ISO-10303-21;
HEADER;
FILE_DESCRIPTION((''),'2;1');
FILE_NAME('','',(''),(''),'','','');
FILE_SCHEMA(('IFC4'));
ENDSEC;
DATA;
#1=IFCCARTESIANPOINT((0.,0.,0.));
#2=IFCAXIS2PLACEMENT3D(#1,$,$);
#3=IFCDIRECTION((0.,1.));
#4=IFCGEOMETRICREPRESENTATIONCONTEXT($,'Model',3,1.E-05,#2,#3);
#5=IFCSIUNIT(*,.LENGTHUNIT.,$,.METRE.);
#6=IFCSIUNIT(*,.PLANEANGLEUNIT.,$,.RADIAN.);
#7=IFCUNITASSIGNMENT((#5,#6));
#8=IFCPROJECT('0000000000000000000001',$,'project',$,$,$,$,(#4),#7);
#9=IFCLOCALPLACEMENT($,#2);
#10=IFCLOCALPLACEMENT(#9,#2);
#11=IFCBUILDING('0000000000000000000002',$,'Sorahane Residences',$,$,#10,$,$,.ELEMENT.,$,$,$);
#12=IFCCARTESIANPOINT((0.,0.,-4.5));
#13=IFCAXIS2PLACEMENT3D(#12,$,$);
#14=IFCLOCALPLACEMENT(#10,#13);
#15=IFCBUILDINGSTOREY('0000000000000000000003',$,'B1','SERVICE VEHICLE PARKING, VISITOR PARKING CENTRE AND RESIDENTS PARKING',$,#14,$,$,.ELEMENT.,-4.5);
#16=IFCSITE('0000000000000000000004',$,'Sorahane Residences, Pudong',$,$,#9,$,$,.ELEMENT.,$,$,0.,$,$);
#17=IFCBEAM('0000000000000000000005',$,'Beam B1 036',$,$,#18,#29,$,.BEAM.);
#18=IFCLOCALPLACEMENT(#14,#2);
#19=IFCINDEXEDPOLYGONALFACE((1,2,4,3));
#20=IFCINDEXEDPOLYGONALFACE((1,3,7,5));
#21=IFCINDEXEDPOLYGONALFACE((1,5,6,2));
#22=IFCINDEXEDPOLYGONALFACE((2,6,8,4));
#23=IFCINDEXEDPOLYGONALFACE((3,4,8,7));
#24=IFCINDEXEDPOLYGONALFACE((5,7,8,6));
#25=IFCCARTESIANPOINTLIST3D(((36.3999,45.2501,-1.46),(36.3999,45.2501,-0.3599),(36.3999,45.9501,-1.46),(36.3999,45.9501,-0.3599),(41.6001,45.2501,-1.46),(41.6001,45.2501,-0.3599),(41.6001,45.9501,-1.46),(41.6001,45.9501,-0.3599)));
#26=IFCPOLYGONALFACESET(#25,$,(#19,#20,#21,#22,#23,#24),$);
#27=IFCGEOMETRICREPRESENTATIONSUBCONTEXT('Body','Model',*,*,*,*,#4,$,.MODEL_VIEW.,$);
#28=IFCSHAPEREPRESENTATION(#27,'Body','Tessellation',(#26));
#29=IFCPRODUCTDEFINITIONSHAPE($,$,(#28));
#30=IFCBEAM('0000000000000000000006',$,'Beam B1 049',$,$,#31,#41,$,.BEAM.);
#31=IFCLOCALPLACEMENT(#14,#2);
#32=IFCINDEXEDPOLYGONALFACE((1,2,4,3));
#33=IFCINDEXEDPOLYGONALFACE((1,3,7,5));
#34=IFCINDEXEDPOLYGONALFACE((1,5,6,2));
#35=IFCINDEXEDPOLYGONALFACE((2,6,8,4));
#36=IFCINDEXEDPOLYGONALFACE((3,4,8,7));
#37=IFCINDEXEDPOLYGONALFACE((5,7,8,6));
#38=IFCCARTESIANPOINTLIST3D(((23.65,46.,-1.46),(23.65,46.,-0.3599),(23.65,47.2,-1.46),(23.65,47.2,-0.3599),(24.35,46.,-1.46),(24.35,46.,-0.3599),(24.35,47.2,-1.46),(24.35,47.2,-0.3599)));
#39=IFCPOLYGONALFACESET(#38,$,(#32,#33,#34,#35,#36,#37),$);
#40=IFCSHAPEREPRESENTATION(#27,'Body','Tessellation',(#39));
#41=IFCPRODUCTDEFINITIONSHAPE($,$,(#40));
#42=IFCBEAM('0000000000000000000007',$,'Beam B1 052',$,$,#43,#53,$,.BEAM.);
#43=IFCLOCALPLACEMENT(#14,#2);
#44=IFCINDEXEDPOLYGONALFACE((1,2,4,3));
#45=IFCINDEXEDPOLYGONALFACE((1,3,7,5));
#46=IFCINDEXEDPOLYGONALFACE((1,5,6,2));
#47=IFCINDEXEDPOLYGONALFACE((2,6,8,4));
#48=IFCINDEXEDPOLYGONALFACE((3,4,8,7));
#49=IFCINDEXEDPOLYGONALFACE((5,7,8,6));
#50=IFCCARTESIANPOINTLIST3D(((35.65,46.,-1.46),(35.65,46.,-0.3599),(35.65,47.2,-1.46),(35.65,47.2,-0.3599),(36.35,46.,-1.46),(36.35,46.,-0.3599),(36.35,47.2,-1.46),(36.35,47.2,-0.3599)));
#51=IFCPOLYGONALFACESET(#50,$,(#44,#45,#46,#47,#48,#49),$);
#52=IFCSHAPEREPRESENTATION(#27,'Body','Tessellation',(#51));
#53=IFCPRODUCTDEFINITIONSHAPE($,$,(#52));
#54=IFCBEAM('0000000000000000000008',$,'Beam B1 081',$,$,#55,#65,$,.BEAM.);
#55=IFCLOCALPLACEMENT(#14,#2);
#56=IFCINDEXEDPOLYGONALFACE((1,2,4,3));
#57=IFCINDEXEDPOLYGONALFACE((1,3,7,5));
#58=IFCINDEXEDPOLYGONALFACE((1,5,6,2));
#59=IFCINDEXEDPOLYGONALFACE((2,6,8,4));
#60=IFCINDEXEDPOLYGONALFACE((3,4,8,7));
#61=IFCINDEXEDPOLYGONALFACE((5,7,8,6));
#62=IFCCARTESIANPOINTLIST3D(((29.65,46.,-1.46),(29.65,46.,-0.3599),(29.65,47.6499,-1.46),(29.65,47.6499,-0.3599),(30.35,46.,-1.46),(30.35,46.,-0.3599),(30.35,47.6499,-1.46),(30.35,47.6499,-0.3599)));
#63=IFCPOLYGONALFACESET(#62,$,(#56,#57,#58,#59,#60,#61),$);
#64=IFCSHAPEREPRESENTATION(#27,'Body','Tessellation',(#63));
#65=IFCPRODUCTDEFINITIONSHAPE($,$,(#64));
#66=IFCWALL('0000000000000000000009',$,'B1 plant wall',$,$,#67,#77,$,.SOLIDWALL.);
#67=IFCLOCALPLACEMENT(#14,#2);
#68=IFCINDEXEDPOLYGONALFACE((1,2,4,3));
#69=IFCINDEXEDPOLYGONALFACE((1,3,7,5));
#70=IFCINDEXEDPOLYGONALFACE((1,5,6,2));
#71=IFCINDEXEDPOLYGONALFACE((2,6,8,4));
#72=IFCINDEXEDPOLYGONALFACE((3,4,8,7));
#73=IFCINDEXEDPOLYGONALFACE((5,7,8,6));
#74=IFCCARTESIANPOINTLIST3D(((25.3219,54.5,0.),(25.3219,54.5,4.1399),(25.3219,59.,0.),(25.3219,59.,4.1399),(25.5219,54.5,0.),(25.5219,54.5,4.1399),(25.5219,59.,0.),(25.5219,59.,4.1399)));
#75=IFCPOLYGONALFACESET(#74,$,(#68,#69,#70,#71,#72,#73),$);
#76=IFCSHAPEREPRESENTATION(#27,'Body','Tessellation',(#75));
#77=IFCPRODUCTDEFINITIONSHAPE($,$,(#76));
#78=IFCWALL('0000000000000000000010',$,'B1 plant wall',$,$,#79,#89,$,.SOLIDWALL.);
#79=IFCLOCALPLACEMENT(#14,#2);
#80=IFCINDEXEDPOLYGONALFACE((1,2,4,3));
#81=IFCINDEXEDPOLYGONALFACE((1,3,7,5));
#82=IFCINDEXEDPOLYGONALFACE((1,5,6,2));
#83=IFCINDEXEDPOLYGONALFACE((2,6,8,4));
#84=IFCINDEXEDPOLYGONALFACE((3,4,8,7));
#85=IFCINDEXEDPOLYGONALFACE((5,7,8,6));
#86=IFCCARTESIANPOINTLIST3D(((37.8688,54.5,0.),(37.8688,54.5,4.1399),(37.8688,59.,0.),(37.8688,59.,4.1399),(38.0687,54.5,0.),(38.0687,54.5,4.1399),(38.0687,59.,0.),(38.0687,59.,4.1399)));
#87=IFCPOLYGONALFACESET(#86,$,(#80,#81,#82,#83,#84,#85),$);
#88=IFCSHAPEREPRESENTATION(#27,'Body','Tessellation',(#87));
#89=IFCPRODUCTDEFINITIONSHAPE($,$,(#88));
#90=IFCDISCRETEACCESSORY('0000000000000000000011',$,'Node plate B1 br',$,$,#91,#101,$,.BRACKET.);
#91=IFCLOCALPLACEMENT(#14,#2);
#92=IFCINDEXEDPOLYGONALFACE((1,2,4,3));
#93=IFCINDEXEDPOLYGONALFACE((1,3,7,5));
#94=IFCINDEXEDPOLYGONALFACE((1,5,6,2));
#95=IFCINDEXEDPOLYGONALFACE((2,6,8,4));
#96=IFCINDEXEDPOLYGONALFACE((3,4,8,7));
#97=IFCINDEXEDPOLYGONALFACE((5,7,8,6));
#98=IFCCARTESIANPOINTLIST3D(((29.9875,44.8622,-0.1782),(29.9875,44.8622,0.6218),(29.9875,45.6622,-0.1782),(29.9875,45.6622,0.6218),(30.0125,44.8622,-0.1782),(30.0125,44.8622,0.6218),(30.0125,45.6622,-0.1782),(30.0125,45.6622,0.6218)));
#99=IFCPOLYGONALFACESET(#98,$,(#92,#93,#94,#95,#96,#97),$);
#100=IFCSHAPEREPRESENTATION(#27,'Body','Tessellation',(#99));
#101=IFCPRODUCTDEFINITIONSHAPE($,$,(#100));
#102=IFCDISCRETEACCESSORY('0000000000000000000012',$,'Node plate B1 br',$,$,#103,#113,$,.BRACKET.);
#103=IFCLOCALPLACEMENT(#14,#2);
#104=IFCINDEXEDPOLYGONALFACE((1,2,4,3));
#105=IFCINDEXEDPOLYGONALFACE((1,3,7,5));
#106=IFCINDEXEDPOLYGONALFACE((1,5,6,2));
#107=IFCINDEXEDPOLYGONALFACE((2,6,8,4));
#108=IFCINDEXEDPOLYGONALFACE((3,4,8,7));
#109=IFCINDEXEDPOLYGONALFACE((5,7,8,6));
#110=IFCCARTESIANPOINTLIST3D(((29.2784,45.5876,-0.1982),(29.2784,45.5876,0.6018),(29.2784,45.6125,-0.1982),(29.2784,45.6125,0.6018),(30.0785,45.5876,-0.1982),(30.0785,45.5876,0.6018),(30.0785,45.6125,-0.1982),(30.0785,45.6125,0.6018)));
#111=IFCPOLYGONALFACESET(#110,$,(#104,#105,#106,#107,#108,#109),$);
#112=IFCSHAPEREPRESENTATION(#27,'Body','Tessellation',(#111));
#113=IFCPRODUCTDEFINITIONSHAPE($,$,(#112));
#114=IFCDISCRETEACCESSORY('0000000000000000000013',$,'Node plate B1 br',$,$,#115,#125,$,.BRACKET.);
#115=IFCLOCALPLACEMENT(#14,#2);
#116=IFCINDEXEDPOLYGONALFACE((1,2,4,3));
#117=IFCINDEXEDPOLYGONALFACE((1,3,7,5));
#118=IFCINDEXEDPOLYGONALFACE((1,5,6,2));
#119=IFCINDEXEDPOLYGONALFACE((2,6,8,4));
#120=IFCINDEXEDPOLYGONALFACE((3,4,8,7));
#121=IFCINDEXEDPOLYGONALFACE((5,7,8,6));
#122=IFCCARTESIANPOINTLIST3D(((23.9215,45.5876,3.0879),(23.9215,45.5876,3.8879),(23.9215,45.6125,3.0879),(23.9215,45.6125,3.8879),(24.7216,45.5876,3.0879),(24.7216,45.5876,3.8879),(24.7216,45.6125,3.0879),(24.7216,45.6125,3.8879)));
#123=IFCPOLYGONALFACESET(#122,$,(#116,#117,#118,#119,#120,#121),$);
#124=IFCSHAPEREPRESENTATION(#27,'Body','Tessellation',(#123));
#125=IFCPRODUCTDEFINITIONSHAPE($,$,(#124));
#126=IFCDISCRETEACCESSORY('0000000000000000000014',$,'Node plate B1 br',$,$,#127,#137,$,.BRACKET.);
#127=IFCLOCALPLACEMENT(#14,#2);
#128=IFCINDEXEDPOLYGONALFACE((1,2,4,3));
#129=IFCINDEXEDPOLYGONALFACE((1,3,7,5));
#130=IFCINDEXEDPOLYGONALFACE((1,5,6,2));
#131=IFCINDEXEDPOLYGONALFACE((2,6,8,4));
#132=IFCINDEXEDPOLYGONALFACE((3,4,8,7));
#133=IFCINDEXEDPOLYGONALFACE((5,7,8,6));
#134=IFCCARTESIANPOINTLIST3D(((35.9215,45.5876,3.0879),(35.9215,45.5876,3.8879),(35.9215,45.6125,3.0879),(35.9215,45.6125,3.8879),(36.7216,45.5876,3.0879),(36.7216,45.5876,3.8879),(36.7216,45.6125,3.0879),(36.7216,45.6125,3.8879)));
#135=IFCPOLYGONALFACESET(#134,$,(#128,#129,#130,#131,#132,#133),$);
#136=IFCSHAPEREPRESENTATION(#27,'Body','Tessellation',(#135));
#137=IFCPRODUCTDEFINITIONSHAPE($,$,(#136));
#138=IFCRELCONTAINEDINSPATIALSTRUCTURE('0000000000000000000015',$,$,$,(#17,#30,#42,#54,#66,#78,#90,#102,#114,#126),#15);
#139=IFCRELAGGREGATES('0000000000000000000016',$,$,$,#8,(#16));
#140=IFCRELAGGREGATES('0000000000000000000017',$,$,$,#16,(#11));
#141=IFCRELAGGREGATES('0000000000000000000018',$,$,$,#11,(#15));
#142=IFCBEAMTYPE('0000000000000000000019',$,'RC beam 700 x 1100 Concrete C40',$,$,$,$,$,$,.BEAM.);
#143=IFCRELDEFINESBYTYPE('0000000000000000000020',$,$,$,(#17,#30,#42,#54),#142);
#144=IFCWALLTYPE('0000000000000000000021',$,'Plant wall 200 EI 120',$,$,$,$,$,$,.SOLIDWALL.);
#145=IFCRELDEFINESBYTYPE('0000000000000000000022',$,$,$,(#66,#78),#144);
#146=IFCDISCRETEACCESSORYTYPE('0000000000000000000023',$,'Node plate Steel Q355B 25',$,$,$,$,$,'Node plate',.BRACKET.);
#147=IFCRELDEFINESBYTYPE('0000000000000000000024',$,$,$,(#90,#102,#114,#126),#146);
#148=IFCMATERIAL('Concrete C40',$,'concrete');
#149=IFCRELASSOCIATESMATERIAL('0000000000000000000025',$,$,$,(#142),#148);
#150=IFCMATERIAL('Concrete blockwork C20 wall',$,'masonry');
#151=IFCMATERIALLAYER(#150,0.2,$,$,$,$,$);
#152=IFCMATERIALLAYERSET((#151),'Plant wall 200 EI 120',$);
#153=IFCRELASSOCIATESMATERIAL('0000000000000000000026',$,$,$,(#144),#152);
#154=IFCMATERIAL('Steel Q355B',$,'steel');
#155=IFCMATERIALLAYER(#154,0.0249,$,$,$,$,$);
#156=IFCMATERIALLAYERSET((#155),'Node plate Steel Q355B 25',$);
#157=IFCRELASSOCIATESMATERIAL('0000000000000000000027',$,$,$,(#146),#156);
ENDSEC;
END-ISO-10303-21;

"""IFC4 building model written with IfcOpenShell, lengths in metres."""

from ifc_helpers import new_model, si_unit, direction, frame, frame_2d, origin, origin_2d, place, context, subcontext, project, spatial, rectangle, extrude, material, layer, layer_set, material_profile, profile_set, type_object, element, save


model = new_model("IFC4")

# Units and contexts
model_context = context("Model", 3, precision=1e-05, world=origin(), true_north=direction((0.0, 1.0)))
body_context = subcontext(model_context, "Body", "Model", "MODEL_VIEW")
ifc_project = project(units=[si_unit("LENGTHUNIT", "METRE"), si_unit("PLANEANGLEUNIT", "RADIAN")], contexts=[model_context])

# Site, building, storey
site_placement = place(None, origin())
site = spatial("IfcSite", under=ifc_project, at=site_placement, Name="Sorahane Residences, Pudong", CompositionType="ELEMENT", RefElevation=0.0)
building_placement = place(site_placement, origin())
building = spatial("IfcBuilding", under=site, at=building_placement, Name="Sorahane Residences", CompositionType="ELEMENT")
storey_placement = place(building_placement, frame((0.0, 0.0, -4.5)))
storey = spatial("IfcBuildingStorey", under=building, at=storey_placement, Name="B1", Description="SERVICE VEHICLE PARKING, VISITOR PARKING CENTRE AND RESIDENTS PARKING", CompositionType="ELEMENT", Elevation=-4.5)

# Beams
ifc_material_1 = material(Name="Concrete C40", Category="concrete")
ifc_material_profile_1 = material_profile(ifc_material_1, rectangle(XDim=0.7, YDim=1.1001, at=origin_2d()), Name="700x1100")
ifc_profile_set_1 = profile_set([ifc_material_profile_1], Name="Concrete C40")
beam_type = type_object("IfcBeamType", Name="RC beam 700 x 1100 Concrete C40", PredefinedType="BEAM", material=ifc_profile_set_1)
for number, where, z_axis, x_axis, name in (
    (1, (36.3999, 45.6001, -0.9099), (1.0, 0.0, 0.0), (0.0, 1.0, 0.0), "Beam B1 036"),
):
    element("IfcBeam", number, at=place(storey_placement, frame(where, z_axis=z_axis, x_axis=x_axis)), inside=storey, type_object=beam_type, Name=name, PredefinedType="BEAM", context=body_context, shape_type="SweptSolid", body=[
        extrude(rectangle(XDim=0.7, YDim=1.1001, at=origin_2d()), origin(), (0.0, 0.0, 1.0), 5.2002),
    ])
for number, where, z_axis, x_axis, name in (
    (2, (24.0, 46.0, -0.9099), (0.0, 1.0, 0.0), (-1.0, 0.0, 0.0), "Beam B1 049"),
    (3, (36.0, 46.0, -0.9099), (0.0, 1.0, 0.0), (-1.0, 0.0, 0.0), "Beam B1 052"),
):
    element("IfcBeam", number, at=place(storey_placement, frame(where, z_axis=z_axis, x_axis=x_axis)), inside=storey, type_object=beam_type, Name=name, PredefinedType="BEAM", context=body_context, shape_type="SweptSolid", body=[
        extrude(rectangle(XDim=0.7, YDim=1.1001, at=origin_2d()), origin(), (0.0, 0.0, 1.0), 1.2),
    ])
beam_placement = place(storey_placement, frame((30.0, 46.0, -0.9099), z_axis=(0.0, 1.0, 0.0), x_axis=(-1.0, 0.0, 0.0)))
element("IfcBeam", 4, at=beam_placement, inside=storey, type_object=beam_type, Name="Beam B1 081", PredefinedType="BEAM", context=body_context, shape_type="SweptSolid", body=[
    extrude(rectangle(XDim=0.7, YDim=1.1001, at=origin_2d()), origin(), (0.0, 0.0, 1.0), 1.6499),
])

# Walls
ifc_material_2 = material(Name="Concrete blockwork C20 wall", Category="masonry")
ifc_layer_1 = layer(ifc_material_2, 0.2)
ifc_layer_set_1 = layer_set([ifc_layer_1], Name="Plant wall 200 EI 120")
wall_type = type_object("IfcWallType", Name="Plant wall 200 EI 120", PredefinedType="SOLIDWALL", material=ifc_layer_set_1)
for number, where, z_axis, x_axis, name in (
    (5, (25.4219, 54.5, 0.0), (0.0, 0.0, 1.0), (0.0, 1.0, 0.0), "B1 plant wall"),
    (6, (37.9688, 54.5, 0.0), (0.0, 0.0, 1.0), (0.0, 1.0, 0.0), "B1 plant wall"),
):
    element("IfcWall", number, at=place(storey_placement, frame(where, z_axis=z_axis, x_axis=x_axis)), inside=storey, type_object=wall_type, Name=name, PredefinedType="SOLIDWALL", context=body_context, shape_type="SweptSolid", body=[
        extrude(rectangle(XDim=4.5, YDim=0.2, at=frame_2d((2.25, 0.0))), origin(), (0.0, 0.0, 1.0), 4.1399),
    ])

# Discrete accessories
ifc_material_3 = material(Name="Steel Q355B", Category="steel")
ifc_layer_2 = layer(ifc_material_3, 0.0249)
ifc_layer_set_2 = layer_set([ifc_layer_2], Name="Node plate Steel Q355B 25")
discrete_accessory_type = type_object("IfcDiscreteAccessoryType", Name="Node plate Steel Q355B 25", ElementType="Node plate", PredefinedType="BRACKET", material=ifc_layer_set_2)
for number, where, z_axis, x_axis, name in (
    (7, (30.0, 45.2622, -0.1782), (0.0, 0.0, 1.0), (0.0, 1.0, 0.0), "Node plate B1 br"),
    (8, (29.6785, 45.6001, -0.1982), (0.0, 0.0, 1.0), (1.0, 0.0, 0.0), "Node plate B1 br"),
    (9, (24.3215, 45.6001, 3.0879), (0.0, 0.0, 1.0), (1.0, 0.0, 0.0), "Node plate B1 br"),
    (10, (36.3215, 45.6001, 3.0879), (0.0, 0.0, 1.0), (1.0, 0.0, 0.0), "Node plate B1 br"),
):
    element("IfcDiscreteAccessory", number, at=place(storey_placement, frame(where, z_axis=z_axis, x_axis=x_axis)), inside=storey, type_object=discrete_accessory_type, Name=name, PredefinedType="BRACKET", context=body_context, shape_type="SweptSolid", body=[
        extrude(rectangle(XDim=0.8, YDim=0.0249, at=origin_2d()), origin(), (0.0, 0.0, 1.0), 0.8),
    ])

save(model, "model.ifc")
